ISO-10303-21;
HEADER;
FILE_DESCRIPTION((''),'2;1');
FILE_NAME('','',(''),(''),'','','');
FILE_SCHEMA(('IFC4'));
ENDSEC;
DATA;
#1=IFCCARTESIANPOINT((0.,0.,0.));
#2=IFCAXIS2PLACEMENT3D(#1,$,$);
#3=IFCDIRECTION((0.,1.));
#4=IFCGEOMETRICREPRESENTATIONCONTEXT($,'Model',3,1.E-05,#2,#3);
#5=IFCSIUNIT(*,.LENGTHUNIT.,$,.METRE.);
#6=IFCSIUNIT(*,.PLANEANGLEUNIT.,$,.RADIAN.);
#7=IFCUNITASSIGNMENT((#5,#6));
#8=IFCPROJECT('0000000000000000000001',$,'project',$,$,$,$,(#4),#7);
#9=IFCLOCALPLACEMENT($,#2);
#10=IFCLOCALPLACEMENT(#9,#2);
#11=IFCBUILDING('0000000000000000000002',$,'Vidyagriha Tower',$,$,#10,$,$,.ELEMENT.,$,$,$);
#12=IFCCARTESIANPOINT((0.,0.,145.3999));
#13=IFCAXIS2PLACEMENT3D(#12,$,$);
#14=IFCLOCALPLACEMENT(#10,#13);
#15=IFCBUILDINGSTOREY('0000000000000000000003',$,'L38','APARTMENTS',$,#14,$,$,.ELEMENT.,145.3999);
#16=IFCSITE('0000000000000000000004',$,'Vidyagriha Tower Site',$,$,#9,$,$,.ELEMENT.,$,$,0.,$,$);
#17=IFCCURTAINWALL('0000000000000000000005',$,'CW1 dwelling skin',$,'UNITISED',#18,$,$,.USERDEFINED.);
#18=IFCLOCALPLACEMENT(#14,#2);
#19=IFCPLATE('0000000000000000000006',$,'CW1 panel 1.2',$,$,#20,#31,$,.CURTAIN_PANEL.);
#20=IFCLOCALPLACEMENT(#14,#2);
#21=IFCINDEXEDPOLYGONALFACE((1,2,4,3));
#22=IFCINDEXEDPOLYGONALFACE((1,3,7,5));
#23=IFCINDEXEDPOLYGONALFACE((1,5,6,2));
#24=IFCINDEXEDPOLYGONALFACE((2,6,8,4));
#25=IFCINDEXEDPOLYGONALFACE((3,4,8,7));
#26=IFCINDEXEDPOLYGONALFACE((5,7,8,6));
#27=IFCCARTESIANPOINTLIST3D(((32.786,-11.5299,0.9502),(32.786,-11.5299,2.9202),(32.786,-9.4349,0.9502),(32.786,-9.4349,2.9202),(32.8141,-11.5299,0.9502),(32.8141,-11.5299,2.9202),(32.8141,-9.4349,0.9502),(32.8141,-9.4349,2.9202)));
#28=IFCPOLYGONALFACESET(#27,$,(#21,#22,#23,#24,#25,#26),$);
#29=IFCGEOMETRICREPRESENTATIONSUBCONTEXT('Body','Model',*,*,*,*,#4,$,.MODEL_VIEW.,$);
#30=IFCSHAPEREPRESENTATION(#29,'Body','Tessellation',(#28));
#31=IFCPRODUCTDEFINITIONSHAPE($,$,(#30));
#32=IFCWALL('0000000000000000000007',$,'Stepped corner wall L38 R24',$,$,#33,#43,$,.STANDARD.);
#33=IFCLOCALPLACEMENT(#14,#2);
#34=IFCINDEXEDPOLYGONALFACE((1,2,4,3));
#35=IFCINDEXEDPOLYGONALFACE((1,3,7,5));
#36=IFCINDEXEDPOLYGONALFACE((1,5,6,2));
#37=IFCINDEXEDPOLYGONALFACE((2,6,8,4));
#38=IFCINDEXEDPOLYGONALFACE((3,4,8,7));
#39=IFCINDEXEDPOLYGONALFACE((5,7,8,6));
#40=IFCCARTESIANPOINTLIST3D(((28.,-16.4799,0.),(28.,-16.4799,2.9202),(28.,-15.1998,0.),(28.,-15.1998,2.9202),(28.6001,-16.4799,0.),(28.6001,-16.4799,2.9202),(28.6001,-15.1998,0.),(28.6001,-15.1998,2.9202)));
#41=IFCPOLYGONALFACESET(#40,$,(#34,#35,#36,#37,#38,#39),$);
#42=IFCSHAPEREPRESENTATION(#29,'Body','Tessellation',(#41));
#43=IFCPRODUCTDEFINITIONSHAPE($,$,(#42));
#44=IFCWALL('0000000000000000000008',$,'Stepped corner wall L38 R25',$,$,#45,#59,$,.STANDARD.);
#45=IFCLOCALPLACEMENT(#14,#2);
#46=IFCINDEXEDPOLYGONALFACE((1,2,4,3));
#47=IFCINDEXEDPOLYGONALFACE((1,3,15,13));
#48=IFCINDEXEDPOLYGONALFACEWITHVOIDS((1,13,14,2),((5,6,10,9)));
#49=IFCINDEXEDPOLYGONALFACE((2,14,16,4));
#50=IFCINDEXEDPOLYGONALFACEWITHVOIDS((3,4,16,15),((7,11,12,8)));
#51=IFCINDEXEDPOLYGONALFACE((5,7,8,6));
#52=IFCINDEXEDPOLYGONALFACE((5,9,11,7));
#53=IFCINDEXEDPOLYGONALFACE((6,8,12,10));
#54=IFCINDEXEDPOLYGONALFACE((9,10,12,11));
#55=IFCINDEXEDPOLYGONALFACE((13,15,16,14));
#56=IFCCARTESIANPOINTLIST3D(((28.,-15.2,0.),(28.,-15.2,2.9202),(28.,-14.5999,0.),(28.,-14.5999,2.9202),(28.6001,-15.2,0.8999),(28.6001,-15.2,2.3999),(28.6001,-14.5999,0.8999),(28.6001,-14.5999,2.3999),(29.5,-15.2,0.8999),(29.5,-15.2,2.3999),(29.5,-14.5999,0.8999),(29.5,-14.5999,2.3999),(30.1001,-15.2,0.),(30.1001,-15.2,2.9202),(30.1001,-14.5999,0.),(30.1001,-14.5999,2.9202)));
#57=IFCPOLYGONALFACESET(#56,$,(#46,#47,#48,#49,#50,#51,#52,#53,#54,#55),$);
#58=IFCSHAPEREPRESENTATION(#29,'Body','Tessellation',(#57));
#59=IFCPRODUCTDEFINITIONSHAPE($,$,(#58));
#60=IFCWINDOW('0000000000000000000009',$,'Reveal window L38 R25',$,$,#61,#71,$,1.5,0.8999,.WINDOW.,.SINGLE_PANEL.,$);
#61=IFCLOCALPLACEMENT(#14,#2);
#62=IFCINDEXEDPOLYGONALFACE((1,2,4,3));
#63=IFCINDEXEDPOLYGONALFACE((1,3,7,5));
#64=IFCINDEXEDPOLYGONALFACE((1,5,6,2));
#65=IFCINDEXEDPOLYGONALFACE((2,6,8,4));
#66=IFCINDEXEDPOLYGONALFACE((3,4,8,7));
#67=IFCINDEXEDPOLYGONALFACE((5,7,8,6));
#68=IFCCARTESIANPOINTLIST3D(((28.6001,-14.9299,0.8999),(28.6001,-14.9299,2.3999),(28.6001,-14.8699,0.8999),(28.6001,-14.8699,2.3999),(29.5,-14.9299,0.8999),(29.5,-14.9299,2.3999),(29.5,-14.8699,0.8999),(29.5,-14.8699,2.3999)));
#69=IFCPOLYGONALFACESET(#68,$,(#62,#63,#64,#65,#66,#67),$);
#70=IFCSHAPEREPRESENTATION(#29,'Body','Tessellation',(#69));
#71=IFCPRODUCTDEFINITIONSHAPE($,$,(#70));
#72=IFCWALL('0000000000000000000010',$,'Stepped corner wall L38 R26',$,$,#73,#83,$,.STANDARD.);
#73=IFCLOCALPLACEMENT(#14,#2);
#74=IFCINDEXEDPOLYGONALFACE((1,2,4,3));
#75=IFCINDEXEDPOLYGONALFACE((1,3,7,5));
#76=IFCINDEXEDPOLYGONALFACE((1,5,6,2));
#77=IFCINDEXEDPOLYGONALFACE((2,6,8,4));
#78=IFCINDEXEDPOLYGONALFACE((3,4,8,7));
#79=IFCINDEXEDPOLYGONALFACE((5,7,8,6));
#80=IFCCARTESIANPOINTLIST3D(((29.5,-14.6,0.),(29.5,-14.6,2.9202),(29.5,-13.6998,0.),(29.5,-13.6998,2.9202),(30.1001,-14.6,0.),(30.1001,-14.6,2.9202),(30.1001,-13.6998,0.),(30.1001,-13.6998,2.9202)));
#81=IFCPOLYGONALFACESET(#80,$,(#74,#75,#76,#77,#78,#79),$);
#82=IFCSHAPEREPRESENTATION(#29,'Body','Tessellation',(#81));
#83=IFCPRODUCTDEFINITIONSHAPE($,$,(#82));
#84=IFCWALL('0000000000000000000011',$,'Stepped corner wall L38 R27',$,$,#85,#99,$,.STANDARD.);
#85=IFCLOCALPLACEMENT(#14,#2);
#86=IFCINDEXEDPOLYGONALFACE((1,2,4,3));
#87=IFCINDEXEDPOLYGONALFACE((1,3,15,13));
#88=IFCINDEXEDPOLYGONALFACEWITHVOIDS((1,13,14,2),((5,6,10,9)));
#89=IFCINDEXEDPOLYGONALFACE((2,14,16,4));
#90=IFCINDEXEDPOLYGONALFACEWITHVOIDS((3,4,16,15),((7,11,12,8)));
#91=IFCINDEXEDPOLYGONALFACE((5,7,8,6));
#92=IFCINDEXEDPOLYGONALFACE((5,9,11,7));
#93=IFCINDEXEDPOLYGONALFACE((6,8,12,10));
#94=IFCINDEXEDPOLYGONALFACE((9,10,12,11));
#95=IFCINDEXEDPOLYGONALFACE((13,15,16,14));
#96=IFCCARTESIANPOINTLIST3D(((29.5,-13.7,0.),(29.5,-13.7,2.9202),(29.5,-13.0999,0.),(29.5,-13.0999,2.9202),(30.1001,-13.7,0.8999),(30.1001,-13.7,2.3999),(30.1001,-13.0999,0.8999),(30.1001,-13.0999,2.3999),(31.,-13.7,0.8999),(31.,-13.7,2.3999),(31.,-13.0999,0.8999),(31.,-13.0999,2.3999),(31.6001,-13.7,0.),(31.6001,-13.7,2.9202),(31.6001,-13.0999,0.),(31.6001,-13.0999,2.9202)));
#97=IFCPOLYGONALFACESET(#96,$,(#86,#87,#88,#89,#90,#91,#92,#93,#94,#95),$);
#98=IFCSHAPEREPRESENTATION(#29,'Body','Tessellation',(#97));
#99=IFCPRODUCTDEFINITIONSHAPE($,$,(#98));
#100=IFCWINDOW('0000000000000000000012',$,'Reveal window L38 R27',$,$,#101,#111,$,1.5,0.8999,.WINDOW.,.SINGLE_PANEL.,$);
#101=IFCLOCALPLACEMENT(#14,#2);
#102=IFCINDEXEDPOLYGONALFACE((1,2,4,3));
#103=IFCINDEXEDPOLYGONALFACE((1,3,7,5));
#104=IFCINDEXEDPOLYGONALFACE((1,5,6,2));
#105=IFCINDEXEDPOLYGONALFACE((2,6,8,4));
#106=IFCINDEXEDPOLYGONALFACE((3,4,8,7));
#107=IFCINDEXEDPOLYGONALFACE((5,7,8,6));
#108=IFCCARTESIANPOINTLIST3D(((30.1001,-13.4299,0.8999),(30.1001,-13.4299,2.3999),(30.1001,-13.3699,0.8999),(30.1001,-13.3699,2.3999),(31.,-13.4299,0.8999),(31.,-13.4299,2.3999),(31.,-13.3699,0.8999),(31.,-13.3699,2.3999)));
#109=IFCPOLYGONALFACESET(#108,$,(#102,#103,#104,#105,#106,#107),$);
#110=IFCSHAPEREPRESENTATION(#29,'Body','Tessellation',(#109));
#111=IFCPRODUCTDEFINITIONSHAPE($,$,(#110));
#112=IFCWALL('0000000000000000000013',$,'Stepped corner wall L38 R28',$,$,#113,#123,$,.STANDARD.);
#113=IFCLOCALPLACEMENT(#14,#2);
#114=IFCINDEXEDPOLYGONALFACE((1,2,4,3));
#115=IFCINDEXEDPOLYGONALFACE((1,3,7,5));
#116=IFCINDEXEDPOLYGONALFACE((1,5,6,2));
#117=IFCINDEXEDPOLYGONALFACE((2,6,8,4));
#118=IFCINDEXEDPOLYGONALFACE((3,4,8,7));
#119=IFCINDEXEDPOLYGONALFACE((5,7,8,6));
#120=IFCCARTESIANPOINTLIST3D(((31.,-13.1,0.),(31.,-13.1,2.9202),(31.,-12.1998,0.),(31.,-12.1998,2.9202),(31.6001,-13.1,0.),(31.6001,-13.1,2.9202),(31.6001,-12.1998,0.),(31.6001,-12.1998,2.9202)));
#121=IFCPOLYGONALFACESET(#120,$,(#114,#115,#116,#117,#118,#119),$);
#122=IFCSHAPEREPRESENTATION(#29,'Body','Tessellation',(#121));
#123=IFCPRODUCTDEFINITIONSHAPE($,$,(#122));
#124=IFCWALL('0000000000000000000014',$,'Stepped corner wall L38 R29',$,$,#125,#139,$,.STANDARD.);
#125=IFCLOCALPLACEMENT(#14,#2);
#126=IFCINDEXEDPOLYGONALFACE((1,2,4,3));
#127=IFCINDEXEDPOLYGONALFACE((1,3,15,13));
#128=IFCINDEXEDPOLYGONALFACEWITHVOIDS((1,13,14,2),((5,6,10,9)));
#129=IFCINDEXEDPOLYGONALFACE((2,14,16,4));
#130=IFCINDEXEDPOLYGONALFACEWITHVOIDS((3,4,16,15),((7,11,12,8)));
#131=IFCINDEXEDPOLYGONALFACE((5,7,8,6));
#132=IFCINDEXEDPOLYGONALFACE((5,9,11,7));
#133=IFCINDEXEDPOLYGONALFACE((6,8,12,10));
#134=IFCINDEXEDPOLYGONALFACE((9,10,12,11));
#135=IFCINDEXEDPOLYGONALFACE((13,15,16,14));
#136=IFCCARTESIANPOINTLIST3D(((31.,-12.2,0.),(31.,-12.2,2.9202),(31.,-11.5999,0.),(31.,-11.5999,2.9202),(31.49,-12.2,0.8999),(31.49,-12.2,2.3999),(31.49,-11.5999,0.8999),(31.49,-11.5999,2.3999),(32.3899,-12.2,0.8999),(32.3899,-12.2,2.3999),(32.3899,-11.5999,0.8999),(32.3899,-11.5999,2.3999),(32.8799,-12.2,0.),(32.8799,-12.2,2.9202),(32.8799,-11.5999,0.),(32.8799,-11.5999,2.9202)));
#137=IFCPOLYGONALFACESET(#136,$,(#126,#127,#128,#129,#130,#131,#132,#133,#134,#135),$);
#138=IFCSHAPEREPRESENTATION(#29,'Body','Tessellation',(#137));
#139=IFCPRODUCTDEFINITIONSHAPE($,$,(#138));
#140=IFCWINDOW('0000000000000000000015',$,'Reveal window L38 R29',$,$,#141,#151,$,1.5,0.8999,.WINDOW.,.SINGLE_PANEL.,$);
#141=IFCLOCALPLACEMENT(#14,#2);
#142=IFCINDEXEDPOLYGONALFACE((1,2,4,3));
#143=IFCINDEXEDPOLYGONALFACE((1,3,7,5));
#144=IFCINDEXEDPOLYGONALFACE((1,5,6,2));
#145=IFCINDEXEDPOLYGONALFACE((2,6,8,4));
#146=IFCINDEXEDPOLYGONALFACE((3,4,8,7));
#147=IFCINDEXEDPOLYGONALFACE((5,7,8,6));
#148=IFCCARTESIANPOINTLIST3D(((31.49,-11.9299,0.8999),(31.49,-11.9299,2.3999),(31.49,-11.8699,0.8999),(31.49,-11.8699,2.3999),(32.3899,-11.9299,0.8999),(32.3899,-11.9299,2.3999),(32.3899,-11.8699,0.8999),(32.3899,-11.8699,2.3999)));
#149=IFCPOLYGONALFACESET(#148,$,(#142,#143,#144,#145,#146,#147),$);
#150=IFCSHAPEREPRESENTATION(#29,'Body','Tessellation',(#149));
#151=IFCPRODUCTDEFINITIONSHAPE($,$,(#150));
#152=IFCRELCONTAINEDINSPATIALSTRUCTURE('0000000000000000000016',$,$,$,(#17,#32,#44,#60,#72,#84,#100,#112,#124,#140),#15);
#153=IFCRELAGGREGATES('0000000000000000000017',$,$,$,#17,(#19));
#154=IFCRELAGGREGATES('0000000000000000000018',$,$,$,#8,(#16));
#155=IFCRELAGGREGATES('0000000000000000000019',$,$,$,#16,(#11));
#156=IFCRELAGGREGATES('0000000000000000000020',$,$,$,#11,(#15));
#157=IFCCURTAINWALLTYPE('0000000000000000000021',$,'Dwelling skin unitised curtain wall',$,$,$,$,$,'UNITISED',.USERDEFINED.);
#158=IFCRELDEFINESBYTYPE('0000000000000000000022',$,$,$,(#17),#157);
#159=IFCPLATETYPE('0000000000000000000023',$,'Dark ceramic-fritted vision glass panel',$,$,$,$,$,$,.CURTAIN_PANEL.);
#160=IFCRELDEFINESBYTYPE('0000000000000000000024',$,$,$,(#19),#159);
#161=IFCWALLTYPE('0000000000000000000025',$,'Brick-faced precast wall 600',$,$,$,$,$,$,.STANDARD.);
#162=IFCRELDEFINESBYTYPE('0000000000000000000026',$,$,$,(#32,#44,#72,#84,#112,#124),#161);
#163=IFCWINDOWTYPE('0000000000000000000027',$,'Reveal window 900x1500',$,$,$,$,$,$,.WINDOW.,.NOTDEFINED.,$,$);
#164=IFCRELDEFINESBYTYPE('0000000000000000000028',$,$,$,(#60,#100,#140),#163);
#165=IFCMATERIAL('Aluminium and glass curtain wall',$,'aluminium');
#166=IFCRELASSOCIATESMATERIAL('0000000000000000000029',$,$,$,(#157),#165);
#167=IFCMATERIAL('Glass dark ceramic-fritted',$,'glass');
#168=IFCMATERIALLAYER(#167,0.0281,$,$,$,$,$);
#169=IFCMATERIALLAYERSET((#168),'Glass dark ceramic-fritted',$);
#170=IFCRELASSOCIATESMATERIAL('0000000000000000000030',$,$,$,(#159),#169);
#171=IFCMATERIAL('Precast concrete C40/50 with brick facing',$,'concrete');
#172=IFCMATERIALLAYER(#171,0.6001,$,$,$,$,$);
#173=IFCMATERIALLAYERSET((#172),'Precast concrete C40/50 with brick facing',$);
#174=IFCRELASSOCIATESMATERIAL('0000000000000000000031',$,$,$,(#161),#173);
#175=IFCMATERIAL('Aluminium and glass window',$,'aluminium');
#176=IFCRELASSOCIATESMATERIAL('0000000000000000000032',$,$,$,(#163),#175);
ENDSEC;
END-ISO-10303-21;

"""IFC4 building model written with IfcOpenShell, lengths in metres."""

from ifc_helpers import new_model, si_unit, direction, frame, frame_2d, origin, origin_2d, place, context, subcontext, project, spatial, rectangle, extrude, material, layer, layer_set, type_object, element, fill, aggregate, save


model = new_model("IFC4")

# Units and contexts
model_context = context("Model", 3, precision=1e-05, world=origin(), true_north=direction((0.0, 1.0)))
body_context = subcontext(model_context, "Body", "Model", "MODEL_VIEW")
ifc_project = project(units=[si_unit("LENGTHUNIT", "METRE"), si_unit("PLANEANGLEUNIT", "RADIAN")], contexts=[model_context])

# Site, building, storey
site_placement = place(None, origin())
site = spatial("IfcSite", under=ifc_project, at=site_placement, Name="Vidyagriha Tower Site", CompositionType="ELEMENT", RefElevation=0.0)
building_placement = place(site_placement, origin())
building = spatial("IfcBuilding", under=site, at=building_placement, Name="Vidyagriha Tower", CompositionType="ELEMENT")
storey_placement = place(building_placement, frame((0.0, 0.0, 145.3999)))
storey = spatial("IfcBuildingStorey", under=building, at=storey_placement, Name="L38", Description="APARTMENTS", CompositionType="ELEMENT", Elevation=145.3999)

# Curtain wall
ifc_material_1 = material(Name="Aluminium and glass curtain wall", Category="aluminium")
curtain_wall_type = type_object("IfcCurtainWallType", Name="Dwelling skin unitised curtain wall", ElementType="UNITISED", PredefinedType="USERDEFINED", material=ifc_material_1)
curtain_wall_1_placement = place(storey_placement, origin())
curtain_wall_1 = element("IfcCurtainWall", 1, at=curtain_wall_1_placement, inside=storey, type_object=curtain_wall_type, Name="CW1 dwelling skin", ObjectType="UNITISED", PredefinedType="USERDEFINED")

# Plate
ifc_material_2 = material(Name="Glass dark ceramic-fritted", Category="glass")
ifc_layer_1 = layer(ifc_material_2, 0.0281)
ifc_layer_set_1 = layer_set([ifc_layer_1], Name="Glass dark ceramic-fritted")
plate_type_1 = type_object("IfcPlateType", Name="Dark ceramic-fritted vision glass panel", PredefinedType="CURTAIN_PANEL", material=ifc_layer_set_1)
plate_1_placement = place(storey_placement, frame((32.8, -10.4824, 0.9502), z_axis=(0.0, 0.0, 1.0), x_axis=(0.0, 1.0, 0.0)))
plate_1 = element("IfcPlate", 2, at=plate_1_placement, type_object=plate_type_1, Name="CW1 panel 1.2", PredefinedType="CURTAIN_PANEL", context=body_context, shape_type="SweptSolid", body=[
    extrude(rectangle(XDim=2.095, YDim=0.0281, at=origin_2d()), origin(), (0.0, 0.0, 1.0), 1.97),
])
aggregate(curtain_wall_1, [plate_1])

# Wall
ifc_material_3 = material(Name="Precast concrete C40/50 with brick facing", Category="concrete")
ifc_layer_2 = layer(ifc_material_3, 0.6001)
ifc_layer_set_2 = layer_set([ifc_layer_2], Name="Precast concrete C40/50 with brick facing")
wall_type_1 = type_object("IfcWallType", Name="Brick-faced precast wall 600", PredefinedType="STANDARD", material=ifc_layer_set_2)
wall_1_placement = place(storey_placement, frame((28.3, -16.48, 0.0), z_axis=(0.0, 0.0, 1.0), x_axis=(0.0, 1.0, 0.0)))
element("IfcWall", 3, at=wall_1_placement, inside=storey, type_object=wall_type_1, Name="Stepped corner wall L38 R24", PredefinedType="STANDARD", context=body_context, shape_type="SweptSolid", body=[
    extrude(rectangle(XDim=1.28, YDim=0.6001, at=frame_2d((0.6401, 0.0))), origin(), (0.0, 0.0, 1.0), 2.9202),
])

# Wall, opening, window
wall_2_placement = place(storey_placement, frame((28.0, -14.8999, 0.0)))
wall_2 = element("IfcWall", 4, at=wall_2_placement, inside=storey, type_object=wall_type_1, Name="Stepped corner wall L38 R25", PredefinedType="STANDARD", context=body_context, shape_type="SweptSolid", body=[
    extrude(rectangle(XDim=2.1001, YDim=0.6001, at=frame_2d((1.05, 0.0))), origin(), (0.0, 0.0, 1.0), 2.9202),
])
opening_1_placement = place(wall_2_placement, frame((0.6001, 0.0, 0.8999)))
opening_1 = element("IfcOpeningElement", 5, at=opening_1_placement, cuts=wall_2, PredefinedType="OPENING", context=body_context, shape_type="SweptSolid", body=[
    extrude(rectangle(XDim=0.8999, YDim=1.5, at=frame_2d((0.45, 0.75))), frame((0.0, 0.3101, 0.0), z_axis=(0.0, -1.0, 0.0), x_axis=(1.0, 0.0, 0.0)), (0.0, 0.0, 1.0), 0.6201),
])
ifc_material_4 = material(Name="Aluminium and glass window", Category="aluminium")
window_type = type_object("IfcWindowType", Name="Reveal window 900x1500", PartitioningType="NOTDEFINED", PredefinedType="WINDOW", material=ifc_material_4)
window_1_placement = place(opening_1_placement, origin())
window_1 = element("IfcWindow", 6, at=window_1_placement, inside=storey, type_object=window_type, Name="Reveal window L38 R25", OverallHeight=1.5, OverallWidth=0.8999, PartitioningType="SINGLE_PANEL", PredefinedType="WINDOW", context=body_context, shape_type="SweptSolid", body=[
    extrude(rectangle(XDim=0.8999, YDim=1.5, at=frame_2d((0.45, 0.75))), frame((0.0, 0.03, 0.0), z_axis=(0.0, -1.0, 0.0), x_axis=(1.0, 0.0, 0.0)), (0.0, 0.0, 1.0), 0.0601),
])
fill(opening_1, window_1)

# Wall
wall_3_placement = place(storey_placement, frame((29.8, -14.6001, 0.0), z_axis=(0.0, 0.0, 1.0), x_axis=(0.0, 1.0, 0.0)))
element("IfcWall", 7, at=wall_3_placement, inside=storey, type_object=wall_type_1, Name="Stepped corner wall L38 R26", PredefinedType="STANDARD", context=body_context, shape_type="SweptSolid", body=[
    extrude(rectangle(XDim=0.9001, YDim=0.6001, at=frame_2d((0.4502, 0.0))), origin(), (0.0, 0.0, 1.0), 2.9202),
])

# Wall, opening, window
wall_4_placement = place(storey_placement, frame((29.5, -13.3999, 0.0)))
wall_4 = element("IfcWall", 8, at=wall_4_placement, inside=storey, type_object=wall_type_1, Name="Stepped corner wall L38 R27", PredefinedType="STANDARD", context=body_context, shape_type="SweptSolid", body=[
    extrude(rectangle(XDim=2.1001, YDim=0.6001, at=frame_2d((1.05, 0.0))), origin(), (0.0, 0.0, 1.0), 2.9202),
])
opening_2_placement = place(wall_4_placement, frame((0.6001, 0.0, 0.8999)))
opening_2 = element("IfcOpeningElement", 9, at=opening_2_placement, cuts=wall_4, PredefinedType="OPENING", context=body_context, shape_type="SweptSolid", body=[
    extrude(rectangle(XDim=0.8999, YDim=1.5, at=frame_2d((0.45, 0.75))), frame((0.0, 0.3101, 0.0), z_axis=(0.0, -1.0, 0.0), x_axis=(1.0, 0.0, 0.0)), (0.0, 0.0, 1.0), 0.6201),
])
window_2_placement = place(opening_2_placement, origin())
window_2 = element("IfcWindow", 10, at=window_2_placement, inside=storey, type_object=window_type, Name="Reveal window L38 R27", OverallHeight=1.5, OverallWidth=0.8999, PartitioningType="SINGLE_PANEL", PredefinedType="WINDOW", context=body_context, shape_type="SweptSolid", body=[
    extrude(rectangle(XDim=0.8999, YDim=1.5, at=frame_2d((0.45, 0.75))), frame((0.0, 0.03, 0.0), z_axis=(0.0, -1.0, 0.0), x_axis=(1.0, 0.0, 0.0)), (0.0, 0.0, 1.0), 0.0601),
])
fill(opening_2, window_2)

# Wall
wall_5_placement = place(storey_placement, frame((31.3, -13.1001, 0.0), z_axis=(0.0, 0.0, 1.0), x_axis=(0.0, 1.0, 0.0)))
element("IfcWall", 11, at=wall_5_placement, inside=storey, type_object=wall_type_1, Name="Stepped corner wall L38 R28", PredefinedType="STANDARD", context=body_context, shape_type="SweptSolid", body=[
    extrude(rectangle(XDim=0.9001, YDim=0.6001, at=frame_2d((0.4502, 0.0))), origin(), (0.0, 0.0, 1.0), 2.9202),
])

# Wall, opening, window
wall_6_placement = place(storey_placement, frame((31.0, -11.8999, 0.0)))
wall_6 = element("IfcWall", 12, at=wall_6_placement, inside=storey, type_object=wall_type_1, Name="Stepped corner wall L38 R29", PredefinedType="STANDARD", context=body_context, shape_type="SweptSolid", body=[
    extrude(rectangle(XDim=1.8799, YDim=0.6001, at=frame_2d((0.9399, 0.0))), origin(), (0.0, 0.0, 1.0), 2.9202),
])
opening_3_placement = place(wall_6_placement, frame((0.49, 0.0, 0.8999)))
opening_3 = element("IfcOpeningElement", 13, at=opening_3_placement, cuts=wall_6, PredefinedType="OPENING", context=body_context, shape_type="SweptSolid", body=[
    extrude(rectangle(XDim=0.8999, YDim=1.5, at=frame_2d((0.45, 0.75))), frame((0.0, 0.3101, 0.0), z_axis=(0.0, -1.0, 0.0), x_axis=(1.0, 0.0, 0.0)), (0.0, 0.0, 1.0), 0.6201),
])
window_3_placement = place(opening_3_placement, origin())
window_3 = element("IfcWindow", 14, at=window_3_placement, inside=storey, type_object=window_type, Name="Reveal window L38 R29", OverallHeight=1.5, OverallWidth=0.8999, PartitioningType="SINGLE_PANEL", PredefinedType="WINDOW", context=body_context, shape_type="SweptSolid", body=[
    extrude(rectangle(XDim=0.8999, YDim=1.5, at=frame_2d((0.45, 0.75))), frame((0.0, 0.03, 0.0), z_axis=(0.0, -1.0, 0.0), x_axis=(1.0, 0.0, 0.0)), (0.0, 0.0, 1.0), 0.0601),
])
fill(opening_3, window_3)

save(model, "model.ifc")
